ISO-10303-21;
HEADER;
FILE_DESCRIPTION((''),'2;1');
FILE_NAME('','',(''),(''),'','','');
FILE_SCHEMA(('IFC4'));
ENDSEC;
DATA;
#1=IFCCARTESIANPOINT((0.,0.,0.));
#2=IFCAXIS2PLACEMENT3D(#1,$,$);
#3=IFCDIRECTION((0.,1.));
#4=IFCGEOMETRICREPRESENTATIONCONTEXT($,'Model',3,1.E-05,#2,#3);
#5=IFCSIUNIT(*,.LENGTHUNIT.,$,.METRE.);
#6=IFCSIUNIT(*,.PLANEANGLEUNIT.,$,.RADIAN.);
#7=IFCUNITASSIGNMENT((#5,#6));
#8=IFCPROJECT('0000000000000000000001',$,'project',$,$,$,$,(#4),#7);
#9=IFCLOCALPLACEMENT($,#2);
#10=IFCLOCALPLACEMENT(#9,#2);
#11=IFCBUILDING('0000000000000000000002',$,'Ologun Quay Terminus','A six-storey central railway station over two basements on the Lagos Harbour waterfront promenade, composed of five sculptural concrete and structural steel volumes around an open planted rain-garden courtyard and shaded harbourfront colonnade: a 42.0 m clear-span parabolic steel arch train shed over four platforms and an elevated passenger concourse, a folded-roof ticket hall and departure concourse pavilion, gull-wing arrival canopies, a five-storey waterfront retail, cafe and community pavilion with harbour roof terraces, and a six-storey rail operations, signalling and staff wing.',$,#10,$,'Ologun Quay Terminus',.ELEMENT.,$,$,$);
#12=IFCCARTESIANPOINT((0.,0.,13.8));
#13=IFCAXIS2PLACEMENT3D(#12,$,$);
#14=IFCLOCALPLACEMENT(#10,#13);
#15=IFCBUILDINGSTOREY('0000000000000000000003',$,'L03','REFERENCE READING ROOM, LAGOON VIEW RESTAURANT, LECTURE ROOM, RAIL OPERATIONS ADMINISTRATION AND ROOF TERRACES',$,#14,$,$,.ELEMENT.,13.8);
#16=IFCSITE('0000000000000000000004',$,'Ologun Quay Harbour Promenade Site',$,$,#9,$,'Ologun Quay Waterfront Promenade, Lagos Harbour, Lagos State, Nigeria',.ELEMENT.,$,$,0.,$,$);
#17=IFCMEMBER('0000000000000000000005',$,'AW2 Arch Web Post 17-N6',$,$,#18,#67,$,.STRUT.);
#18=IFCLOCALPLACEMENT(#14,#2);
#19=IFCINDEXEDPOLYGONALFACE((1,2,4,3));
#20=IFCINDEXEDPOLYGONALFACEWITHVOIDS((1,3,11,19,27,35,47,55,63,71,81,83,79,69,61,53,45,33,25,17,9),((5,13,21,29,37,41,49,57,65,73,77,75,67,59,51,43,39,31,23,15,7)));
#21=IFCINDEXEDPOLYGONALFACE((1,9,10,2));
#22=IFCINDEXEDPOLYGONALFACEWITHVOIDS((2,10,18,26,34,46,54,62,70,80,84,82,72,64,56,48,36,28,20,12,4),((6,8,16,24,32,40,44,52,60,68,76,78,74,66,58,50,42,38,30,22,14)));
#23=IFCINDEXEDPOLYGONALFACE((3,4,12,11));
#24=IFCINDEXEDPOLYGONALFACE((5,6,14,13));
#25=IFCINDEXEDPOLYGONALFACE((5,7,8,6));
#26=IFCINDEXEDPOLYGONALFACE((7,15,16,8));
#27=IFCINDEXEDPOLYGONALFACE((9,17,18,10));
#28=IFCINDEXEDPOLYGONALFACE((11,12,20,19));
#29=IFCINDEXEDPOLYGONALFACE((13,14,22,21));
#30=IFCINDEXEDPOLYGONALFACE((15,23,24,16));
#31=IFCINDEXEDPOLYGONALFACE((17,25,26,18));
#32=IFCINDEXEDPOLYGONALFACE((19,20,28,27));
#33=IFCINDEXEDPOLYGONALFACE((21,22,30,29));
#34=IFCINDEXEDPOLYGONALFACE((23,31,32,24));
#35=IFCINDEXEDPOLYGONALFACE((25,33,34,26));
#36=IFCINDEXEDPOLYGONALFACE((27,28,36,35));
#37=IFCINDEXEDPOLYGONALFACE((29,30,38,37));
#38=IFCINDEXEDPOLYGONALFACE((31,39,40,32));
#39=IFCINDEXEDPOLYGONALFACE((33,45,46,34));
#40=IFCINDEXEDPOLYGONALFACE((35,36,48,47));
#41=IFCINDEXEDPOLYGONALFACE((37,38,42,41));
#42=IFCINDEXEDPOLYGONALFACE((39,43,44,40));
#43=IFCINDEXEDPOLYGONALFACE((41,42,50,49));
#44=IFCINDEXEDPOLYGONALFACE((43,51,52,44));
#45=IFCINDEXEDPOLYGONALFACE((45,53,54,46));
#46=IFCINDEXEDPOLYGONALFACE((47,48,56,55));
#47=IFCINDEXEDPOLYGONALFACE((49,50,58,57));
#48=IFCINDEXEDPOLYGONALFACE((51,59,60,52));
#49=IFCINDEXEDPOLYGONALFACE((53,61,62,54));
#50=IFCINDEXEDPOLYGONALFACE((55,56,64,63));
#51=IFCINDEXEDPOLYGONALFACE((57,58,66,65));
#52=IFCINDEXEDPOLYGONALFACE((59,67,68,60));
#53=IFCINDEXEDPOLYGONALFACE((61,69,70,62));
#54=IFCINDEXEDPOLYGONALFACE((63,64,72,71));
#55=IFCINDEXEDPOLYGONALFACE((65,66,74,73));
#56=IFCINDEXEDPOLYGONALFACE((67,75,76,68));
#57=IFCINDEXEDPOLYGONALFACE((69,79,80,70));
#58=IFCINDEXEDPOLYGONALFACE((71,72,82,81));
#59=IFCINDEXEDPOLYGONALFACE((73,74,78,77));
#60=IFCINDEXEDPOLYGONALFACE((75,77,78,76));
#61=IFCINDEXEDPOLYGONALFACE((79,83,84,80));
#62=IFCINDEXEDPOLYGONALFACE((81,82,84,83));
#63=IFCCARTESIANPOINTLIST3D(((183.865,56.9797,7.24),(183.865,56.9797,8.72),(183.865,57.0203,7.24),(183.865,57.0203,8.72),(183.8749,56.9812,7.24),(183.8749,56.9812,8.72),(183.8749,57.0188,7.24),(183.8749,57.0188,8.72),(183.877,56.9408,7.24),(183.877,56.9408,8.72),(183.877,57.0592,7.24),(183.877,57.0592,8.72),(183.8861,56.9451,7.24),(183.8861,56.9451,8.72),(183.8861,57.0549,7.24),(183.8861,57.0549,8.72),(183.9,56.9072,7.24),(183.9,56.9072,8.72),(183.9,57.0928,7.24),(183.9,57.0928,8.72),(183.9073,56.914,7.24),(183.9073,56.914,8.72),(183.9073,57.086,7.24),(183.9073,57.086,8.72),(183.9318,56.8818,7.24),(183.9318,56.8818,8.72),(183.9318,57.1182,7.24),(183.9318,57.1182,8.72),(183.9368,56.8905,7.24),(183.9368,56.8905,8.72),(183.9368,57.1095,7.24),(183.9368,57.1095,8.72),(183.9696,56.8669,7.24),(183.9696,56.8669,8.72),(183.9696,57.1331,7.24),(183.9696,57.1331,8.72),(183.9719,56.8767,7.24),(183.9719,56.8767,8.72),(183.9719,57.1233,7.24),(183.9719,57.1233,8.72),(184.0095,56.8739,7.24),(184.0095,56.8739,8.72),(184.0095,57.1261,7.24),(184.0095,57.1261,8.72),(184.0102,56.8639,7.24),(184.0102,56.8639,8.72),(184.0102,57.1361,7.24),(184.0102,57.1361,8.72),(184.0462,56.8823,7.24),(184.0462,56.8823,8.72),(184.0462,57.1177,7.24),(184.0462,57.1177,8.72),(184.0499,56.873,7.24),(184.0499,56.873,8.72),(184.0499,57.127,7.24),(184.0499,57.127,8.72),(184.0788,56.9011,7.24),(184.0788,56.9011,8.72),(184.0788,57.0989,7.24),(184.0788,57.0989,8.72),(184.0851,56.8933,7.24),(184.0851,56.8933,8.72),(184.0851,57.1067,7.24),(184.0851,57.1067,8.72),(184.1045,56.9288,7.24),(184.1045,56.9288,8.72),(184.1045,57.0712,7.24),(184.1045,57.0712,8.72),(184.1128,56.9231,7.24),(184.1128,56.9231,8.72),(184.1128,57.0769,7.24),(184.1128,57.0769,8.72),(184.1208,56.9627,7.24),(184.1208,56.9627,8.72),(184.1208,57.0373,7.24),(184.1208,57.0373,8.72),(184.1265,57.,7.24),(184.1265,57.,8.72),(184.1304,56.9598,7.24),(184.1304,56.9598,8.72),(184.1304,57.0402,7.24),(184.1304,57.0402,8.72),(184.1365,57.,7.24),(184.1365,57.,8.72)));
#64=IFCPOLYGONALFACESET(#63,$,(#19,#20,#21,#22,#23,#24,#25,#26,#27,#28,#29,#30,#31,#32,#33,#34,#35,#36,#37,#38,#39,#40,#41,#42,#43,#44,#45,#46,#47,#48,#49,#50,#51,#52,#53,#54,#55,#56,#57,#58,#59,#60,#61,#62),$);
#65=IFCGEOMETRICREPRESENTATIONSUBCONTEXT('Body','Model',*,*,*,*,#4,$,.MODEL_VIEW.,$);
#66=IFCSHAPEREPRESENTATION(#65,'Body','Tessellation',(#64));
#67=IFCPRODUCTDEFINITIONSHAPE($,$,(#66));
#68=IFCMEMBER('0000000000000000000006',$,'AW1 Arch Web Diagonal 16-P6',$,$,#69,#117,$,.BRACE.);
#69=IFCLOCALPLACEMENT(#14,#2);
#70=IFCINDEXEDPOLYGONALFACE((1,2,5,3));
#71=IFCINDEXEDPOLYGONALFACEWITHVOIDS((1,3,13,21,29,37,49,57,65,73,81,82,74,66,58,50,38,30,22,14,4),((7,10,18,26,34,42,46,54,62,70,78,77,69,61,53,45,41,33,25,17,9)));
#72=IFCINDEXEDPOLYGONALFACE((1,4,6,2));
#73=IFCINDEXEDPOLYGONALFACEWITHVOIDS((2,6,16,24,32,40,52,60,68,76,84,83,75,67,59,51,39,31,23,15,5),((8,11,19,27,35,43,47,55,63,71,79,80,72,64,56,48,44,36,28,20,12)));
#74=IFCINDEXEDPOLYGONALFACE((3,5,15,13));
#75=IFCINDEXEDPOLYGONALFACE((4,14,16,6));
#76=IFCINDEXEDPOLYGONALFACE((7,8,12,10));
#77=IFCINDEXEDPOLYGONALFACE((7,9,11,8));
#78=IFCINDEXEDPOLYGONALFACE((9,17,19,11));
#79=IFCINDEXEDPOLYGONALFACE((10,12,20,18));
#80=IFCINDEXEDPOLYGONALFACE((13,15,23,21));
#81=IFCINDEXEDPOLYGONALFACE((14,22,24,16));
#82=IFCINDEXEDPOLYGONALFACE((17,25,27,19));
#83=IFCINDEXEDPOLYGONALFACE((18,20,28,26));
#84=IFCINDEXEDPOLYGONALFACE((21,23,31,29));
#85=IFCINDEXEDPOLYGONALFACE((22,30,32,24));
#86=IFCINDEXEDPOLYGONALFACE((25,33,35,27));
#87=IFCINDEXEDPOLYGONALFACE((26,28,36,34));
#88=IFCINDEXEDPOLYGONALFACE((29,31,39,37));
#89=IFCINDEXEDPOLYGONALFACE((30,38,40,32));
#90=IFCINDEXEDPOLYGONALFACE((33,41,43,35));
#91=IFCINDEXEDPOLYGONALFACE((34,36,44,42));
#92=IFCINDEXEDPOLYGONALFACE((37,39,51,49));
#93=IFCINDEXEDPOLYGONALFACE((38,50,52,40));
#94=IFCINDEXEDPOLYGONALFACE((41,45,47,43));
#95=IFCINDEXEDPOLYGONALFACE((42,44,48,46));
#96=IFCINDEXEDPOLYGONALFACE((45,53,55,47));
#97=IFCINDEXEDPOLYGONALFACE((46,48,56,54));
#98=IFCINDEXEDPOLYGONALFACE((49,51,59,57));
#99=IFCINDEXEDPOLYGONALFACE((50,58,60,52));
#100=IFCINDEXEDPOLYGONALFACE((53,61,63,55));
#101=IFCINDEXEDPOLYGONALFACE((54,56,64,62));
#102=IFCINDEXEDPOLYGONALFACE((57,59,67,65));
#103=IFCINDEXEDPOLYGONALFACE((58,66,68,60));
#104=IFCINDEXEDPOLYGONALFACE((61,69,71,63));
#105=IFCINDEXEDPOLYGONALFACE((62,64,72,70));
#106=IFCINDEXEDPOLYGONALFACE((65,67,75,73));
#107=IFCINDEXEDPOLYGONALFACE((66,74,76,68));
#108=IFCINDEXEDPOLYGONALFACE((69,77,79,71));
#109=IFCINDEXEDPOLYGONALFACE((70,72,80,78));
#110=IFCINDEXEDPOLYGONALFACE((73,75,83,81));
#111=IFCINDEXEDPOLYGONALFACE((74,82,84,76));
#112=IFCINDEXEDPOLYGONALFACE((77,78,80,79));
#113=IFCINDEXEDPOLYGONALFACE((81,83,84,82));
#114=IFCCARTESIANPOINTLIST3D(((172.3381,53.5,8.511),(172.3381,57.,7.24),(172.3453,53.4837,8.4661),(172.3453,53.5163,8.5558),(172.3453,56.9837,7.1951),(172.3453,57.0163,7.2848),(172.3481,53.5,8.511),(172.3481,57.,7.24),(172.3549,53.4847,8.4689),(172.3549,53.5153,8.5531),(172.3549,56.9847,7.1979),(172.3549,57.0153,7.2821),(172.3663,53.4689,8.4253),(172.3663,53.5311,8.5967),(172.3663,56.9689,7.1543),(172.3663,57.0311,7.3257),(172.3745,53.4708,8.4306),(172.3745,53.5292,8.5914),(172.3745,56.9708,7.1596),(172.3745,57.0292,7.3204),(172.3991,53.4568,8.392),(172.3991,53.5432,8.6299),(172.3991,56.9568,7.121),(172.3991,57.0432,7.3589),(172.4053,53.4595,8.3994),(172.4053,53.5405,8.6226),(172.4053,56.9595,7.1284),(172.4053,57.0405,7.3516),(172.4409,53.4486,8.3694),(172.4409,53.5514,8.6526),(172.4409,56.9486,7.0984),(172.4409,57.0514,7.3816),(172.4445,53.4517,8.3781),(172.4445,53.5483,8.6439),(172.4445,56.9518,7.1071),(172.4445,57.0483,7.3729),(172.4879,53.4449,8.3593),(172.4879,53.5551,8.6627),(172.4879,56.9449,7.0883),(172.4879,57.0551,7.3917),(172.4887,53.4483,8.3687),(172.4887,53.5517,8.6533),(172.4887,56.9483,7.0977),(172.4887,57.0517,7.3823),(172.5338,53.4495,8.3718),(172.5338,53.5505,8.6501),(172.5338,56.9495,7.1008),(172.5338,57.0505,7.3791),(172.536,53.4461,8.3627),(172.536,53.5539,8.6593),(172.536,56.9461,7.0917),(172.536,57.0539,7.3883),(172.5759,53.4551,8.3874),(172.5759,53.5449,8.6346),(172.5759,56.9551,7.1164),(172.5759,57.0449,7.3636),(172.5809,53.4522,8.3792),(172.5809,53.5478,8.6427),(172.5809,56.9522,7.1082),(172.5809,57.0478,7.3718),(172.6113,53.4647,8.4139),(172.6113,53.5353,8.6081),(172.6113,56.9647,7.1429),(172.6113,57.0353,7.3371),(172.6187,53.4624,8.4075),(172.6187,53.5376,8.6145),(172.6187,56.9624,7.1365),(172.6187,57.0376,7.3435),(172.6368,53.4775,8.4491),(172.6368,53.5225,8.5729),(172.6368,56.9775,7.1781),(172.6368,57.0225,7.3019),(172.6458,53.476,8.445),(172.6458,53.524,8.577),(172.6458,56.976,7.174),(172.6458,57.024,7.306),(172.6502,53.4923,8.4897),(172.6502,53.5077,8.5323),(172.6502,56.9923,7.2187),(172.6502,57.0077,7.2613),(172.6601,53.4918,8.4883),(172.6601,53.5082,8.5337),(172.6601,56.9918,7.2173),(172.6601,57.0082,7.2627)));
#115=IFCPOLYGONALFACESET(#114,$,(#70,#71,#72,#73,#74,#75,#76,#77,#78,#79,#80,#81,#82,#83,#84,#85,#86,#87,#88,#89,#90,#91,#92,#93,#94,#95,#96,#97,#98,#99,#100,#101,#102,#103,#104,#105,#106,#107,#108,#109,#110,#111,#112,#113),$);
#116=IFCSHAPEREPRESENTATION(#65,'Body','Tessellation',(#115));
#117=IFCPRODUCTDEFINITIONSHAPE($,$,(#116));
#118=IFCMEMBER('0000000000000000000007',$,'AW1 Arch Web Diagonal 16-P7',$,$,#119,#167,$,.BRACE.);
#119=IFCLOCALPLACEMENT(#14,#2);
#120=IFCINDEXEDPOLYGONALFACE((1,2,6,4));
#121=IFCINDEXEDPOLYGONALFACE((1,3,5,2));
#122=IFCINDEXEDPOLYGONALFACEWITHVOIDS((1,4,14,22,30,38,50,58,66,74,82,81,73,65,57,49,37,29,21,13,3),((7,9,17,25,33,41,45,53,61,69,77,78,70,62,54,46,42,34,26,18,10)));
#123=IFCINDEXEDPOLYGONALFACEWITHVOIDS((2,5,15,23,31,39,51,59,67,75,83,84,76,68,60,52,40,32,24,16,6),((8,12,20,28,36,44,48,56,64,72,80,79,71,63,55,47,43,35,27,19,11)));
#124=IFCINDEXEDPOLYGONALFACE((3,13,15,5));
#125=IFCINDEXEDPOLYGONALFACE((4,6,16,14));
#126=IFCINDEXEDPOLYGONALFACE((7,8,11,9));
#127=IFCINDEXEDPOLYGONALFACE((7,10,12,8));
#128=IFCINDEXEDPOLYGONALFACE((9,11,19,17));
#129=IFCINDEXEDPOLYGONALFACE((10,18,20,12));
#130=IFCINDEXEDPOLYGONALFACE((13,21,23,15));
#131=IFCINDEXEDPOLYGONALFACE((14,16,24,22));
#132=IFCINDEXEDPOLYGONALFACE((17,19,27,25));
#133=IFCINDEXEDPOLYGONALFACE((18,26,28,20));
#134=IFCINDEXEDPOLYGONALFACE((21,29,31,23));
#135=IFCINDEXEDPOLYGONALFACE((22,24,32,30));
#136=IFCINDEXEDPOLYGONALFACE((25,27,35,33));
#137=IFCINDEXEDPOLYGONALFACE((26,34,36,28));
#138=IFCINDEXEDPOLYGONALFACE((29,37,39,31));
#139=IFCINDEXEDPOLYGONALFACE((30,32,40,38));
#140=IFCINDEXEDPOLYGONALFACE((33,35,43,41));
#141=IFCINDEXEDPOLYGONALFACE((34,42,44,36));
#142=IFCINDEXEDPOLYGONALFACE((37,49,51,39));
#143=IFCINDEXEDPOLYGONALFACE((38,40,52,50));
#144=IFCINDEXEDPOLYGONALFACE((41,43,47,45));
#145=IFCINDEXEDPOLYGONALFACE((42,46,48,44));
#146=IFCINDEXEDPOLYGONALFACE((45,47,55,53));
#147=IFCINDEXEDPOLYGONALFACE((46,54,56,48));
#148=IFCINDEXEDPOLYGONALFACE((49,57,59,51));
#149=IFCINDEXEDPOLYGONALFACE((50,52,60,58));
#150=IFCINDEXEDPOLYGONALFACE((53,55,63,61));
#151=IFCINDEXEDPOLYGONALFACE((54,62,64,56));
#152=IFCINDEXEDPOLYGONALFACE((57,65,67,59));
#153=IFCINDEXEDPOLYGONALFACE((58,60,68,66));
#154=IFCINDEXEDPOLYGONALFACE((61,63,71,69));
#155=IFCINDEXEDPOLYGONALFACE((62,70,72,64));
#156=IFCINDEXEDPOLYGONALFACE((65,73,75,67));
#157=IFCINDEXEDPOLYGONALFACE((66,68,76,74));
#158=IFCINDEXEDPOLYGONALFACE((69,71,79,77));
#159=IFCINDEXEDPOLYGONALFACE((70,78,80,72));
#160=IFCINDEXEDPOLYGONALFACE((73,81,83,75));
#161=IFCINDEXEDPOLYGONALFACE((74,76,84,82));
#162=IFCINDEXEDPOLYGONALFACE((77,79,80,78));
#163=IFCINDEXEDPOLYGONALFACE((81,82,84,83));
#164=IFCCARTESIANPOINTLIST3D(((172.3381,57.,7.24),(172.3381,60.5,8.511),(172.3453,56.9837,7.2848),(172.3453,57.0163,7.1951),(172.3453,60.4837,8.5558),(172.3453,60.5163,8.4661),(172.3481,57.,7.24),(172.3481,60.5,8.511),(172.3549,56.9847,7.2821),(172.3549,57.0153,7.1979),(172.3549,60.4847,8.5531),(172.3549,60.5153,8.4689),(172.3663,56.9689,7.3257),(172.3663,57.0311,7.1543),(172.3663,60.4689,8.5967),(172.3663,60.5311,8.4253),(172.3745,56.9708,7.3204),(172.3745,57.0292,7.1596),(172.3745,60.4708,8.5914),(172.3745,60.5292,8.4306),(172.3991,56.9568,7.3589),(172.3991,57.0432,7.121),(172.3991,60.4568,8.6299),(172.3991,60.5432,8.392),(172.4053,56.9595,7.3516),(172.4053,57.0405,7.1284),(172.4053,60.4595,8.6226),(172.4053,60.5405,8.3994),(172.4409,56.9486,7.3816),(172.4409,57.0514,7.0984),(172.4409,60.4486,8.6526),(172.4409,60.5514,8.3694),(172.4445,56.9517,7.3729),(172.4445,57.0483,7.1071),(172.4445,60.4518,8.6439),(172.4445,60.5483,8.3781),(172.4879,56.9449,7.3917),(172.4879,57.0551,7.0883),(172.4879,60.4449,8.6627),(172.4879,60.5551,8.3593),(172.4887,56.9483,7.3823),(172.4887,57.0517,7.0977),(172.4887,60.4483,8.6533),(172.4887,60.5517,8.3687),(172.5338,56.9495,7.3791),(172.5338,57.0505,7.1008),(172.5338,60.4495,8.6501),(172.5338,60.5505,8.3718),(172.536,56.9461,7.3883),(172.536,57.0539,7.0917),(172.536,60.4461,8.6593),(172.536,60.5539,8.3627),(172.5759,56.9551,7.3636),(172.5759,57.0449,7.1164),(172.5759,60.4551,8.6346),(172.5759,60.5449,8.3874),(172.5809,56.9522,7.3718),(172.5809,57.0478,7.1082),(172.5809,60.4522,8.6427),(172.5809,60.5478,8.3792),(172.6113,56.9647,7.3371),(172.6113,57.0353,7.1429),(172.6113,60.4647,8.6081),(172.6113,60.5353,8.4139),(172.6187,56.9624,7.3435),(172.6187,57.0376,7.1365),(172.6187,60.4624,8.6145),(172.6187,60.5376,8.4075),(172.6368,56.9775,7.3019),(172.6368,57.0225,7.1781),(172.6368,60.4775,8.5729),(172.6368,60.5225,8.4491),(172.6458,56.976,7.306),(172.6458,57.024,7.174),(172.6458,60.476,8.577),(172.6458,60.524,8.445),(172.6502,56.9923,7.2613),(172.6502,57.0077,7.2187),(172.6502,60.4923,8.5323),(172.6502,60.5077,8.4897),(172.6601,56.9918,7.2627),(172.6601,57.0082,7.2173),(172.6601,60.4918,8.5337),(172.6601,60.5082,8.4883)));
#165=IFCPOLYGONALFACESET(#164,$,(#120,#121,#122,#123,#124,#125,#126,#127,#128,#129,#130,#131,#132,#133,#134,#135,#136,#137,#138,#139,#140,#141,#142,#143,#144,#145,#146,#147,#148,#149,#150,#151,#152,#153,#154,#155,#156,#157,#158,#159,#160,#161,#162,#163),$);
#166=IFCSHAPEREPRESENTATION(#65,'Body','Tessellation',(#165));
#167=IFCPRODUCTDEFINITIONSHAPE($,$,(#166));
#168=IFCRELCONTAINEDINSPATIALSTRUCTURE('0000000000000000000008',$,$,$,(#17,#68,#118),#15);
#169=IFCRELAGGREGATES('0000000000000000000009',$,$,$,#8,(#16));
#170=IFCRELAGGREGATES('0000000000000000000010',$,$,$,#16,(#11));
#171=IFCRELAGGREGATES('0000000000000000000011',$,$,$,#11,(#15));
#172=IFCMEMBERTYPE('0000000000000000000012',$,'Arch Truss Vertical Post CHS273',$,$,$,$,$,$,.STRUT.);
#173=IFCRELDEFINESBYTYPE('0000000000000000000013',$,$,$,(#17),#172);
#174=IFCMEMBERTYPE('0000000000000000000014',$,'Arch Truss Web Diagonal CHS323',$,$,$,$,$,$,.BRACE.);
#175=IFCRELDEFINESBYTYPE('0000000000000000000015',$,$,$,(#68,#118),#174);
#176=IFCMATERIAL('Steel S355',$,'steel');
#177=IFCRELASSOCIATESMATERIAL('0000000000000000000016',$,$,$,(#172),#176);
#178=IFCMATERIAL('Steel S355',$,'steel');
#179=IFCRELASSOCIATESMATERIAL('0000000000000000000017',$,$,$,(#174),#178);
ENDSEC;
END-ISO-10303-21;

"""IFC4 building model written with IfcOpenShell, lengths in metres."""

from ifc_helpers import new_model, si_unit, direction, frame, origin, origin_2d, place, context, subcontext, project, spatial, hollow_circle, extrude, material, material_profile, profile_set, type_object, element, save


model = new_model("IFC4")

# Units and contexts
model_context = context("Model", 3, precision=1e-05, world=origin(), true_north=direction((0.0, 1.0)))
body_context = subcontext(model_context, "Body", "Model", "MODEL_VIEW")
ifc_project = project(units=[si_unit("LENGTHUNIT", "METRE"), si_unit("PLANEANGLEUNIT", "RADIAN")], contexts=[model_context])

# Site, building, storey
site_placement = place(None, origin())
site = spatial("IfcSite", under=ifc_project, at=site_placement, Name="Ologun Quay Harbour Promenade Site", LongName="Ologun Quay Waterfront Promenade, Lagos Harbour, Lagos State, Nigeria", CompositionType="ELEMENT", RefElevation=0.0)
building_placement = place(site_placement, origin())
building = spatial("IfcBuilding", under=site, at=building_placement, Name="Ologun Quay Terminus", Description="A six-storey central railway station over two basements on the Lagos Harbour waterfront promenade, composed of five sculptural concrete and structural steel volumes around an open planted rain-garden courtyard and shaded harbourfront colonnade: a 42.0 m clear-span parabolic steel arch train shed over four platforms and an elevated passenger concourse, a folded-roof ticket hall and departure concourse pavilion, gull-wing arrival canopies, a five-storey waterfront retail, cafe and community pavilion with harbour roof terraces, and a six-storey rail operations, signalling and staff wing.", LongName="Ologun Quay Terminus", CompositionType="ELEMENT")
storey_placement = place(building_placement, frame((0.0, 0.0, 13.8)))
storey = spatial("IfcBuildingStorey", under=building, at=storey_placement, Name="L03", Description="REFERENCE READING ROOM, LAGOON VIEW RESTAURANT, LECTURE ROOM, RAIL OPERATIONS ADMINISTRATION AND ROOF TERRACES", CompositionType="ELEMENT", Elevation=13.8)

# Members
ifc_material_1 = material(Name="Steel S355", Category="steel")
ifc_material_profile_1 = material_profile(ifc_material_1, hollow_circle(Radius=0.1365, WallThickness=0.01, at=origin_2d()), Name="CHS 273x10")
ifc_profile_set_1 = profile_set([ifc_material_profile_1], Name="Steel S355")
member_type_1 = type_object("IfcMemberType", Name="Arch Truss Vertical Post CHS273", PredefinedType="STRUT", material=ifc_profile_set_1)
member_1_placement = place(storey_placement, frame((184.0, 57.0, 7.24), z_axis=(0.0, 0.0, 1.0), x_axis=(1.0, 0.0, 0.0)))
element("IfcMember", 1, at=member_1_placement, inside=storey, type_object=member_type_1, Name="AW2 Arch Web Post 17-N6", PredefinedType="STRUT", context=body_context, shape_type="SweptSolid", body=[
    extrude(hollow_circle(Radius=0.1365, WallThickness=0.01, at=origin_2d()), origin(), (0.0, 0.0, 1.0), 1.48),
])
ifc_material_2 = material(Name="Steel S355", Category="steel")
ifc_material_profile_2 = material_profile(ifc_material_2, hollow_circle(Radius=0.1619, WallThickness=0.01, at=origin_2d()), Name="CHS 323.9x10")
ifc_profile_set_2 = profile_set([ifc_material_profile_2], Name="Steel S355")
member_type_2 = type_object("IfcMemberType", Name="Arch Truss Web Diagonal CHS323", PredefinedType="BRACE", material=ifc_profile_set_2)
for number, where, z_axis, x_axis, name in (
    (2, (172.5, 53.5, 8.511), (0.0, 0.939943, -0.341332), (-1.0, 0.0, 0.0), "AW1 Arch Web Diagonal 16-P6"),
    (3, (172.5, 57.0, 7.24), (0.0, 0.939943, 0.341332), (-1.0, 0.0, 0.0), "AW1 Arch Web Diagonal 16-P7"),
):
    element("IfcMember", number, at=place(storey_placement, frame(where, z_axis=z_axis, x_axis=x_axis)), inside=storey, type_object=member_type_2, Name=name, PredefinedType="BRACE", context=body_context, shape_type="SweptSolid", body=[
        extrude(hollow_circle(Radius=0.1619, WallThickness=0.01, at=origin_2d()), origin(), (0.0, 0.0, 1.0), 3.7236),
    ])

save(model, "model.ifc")
